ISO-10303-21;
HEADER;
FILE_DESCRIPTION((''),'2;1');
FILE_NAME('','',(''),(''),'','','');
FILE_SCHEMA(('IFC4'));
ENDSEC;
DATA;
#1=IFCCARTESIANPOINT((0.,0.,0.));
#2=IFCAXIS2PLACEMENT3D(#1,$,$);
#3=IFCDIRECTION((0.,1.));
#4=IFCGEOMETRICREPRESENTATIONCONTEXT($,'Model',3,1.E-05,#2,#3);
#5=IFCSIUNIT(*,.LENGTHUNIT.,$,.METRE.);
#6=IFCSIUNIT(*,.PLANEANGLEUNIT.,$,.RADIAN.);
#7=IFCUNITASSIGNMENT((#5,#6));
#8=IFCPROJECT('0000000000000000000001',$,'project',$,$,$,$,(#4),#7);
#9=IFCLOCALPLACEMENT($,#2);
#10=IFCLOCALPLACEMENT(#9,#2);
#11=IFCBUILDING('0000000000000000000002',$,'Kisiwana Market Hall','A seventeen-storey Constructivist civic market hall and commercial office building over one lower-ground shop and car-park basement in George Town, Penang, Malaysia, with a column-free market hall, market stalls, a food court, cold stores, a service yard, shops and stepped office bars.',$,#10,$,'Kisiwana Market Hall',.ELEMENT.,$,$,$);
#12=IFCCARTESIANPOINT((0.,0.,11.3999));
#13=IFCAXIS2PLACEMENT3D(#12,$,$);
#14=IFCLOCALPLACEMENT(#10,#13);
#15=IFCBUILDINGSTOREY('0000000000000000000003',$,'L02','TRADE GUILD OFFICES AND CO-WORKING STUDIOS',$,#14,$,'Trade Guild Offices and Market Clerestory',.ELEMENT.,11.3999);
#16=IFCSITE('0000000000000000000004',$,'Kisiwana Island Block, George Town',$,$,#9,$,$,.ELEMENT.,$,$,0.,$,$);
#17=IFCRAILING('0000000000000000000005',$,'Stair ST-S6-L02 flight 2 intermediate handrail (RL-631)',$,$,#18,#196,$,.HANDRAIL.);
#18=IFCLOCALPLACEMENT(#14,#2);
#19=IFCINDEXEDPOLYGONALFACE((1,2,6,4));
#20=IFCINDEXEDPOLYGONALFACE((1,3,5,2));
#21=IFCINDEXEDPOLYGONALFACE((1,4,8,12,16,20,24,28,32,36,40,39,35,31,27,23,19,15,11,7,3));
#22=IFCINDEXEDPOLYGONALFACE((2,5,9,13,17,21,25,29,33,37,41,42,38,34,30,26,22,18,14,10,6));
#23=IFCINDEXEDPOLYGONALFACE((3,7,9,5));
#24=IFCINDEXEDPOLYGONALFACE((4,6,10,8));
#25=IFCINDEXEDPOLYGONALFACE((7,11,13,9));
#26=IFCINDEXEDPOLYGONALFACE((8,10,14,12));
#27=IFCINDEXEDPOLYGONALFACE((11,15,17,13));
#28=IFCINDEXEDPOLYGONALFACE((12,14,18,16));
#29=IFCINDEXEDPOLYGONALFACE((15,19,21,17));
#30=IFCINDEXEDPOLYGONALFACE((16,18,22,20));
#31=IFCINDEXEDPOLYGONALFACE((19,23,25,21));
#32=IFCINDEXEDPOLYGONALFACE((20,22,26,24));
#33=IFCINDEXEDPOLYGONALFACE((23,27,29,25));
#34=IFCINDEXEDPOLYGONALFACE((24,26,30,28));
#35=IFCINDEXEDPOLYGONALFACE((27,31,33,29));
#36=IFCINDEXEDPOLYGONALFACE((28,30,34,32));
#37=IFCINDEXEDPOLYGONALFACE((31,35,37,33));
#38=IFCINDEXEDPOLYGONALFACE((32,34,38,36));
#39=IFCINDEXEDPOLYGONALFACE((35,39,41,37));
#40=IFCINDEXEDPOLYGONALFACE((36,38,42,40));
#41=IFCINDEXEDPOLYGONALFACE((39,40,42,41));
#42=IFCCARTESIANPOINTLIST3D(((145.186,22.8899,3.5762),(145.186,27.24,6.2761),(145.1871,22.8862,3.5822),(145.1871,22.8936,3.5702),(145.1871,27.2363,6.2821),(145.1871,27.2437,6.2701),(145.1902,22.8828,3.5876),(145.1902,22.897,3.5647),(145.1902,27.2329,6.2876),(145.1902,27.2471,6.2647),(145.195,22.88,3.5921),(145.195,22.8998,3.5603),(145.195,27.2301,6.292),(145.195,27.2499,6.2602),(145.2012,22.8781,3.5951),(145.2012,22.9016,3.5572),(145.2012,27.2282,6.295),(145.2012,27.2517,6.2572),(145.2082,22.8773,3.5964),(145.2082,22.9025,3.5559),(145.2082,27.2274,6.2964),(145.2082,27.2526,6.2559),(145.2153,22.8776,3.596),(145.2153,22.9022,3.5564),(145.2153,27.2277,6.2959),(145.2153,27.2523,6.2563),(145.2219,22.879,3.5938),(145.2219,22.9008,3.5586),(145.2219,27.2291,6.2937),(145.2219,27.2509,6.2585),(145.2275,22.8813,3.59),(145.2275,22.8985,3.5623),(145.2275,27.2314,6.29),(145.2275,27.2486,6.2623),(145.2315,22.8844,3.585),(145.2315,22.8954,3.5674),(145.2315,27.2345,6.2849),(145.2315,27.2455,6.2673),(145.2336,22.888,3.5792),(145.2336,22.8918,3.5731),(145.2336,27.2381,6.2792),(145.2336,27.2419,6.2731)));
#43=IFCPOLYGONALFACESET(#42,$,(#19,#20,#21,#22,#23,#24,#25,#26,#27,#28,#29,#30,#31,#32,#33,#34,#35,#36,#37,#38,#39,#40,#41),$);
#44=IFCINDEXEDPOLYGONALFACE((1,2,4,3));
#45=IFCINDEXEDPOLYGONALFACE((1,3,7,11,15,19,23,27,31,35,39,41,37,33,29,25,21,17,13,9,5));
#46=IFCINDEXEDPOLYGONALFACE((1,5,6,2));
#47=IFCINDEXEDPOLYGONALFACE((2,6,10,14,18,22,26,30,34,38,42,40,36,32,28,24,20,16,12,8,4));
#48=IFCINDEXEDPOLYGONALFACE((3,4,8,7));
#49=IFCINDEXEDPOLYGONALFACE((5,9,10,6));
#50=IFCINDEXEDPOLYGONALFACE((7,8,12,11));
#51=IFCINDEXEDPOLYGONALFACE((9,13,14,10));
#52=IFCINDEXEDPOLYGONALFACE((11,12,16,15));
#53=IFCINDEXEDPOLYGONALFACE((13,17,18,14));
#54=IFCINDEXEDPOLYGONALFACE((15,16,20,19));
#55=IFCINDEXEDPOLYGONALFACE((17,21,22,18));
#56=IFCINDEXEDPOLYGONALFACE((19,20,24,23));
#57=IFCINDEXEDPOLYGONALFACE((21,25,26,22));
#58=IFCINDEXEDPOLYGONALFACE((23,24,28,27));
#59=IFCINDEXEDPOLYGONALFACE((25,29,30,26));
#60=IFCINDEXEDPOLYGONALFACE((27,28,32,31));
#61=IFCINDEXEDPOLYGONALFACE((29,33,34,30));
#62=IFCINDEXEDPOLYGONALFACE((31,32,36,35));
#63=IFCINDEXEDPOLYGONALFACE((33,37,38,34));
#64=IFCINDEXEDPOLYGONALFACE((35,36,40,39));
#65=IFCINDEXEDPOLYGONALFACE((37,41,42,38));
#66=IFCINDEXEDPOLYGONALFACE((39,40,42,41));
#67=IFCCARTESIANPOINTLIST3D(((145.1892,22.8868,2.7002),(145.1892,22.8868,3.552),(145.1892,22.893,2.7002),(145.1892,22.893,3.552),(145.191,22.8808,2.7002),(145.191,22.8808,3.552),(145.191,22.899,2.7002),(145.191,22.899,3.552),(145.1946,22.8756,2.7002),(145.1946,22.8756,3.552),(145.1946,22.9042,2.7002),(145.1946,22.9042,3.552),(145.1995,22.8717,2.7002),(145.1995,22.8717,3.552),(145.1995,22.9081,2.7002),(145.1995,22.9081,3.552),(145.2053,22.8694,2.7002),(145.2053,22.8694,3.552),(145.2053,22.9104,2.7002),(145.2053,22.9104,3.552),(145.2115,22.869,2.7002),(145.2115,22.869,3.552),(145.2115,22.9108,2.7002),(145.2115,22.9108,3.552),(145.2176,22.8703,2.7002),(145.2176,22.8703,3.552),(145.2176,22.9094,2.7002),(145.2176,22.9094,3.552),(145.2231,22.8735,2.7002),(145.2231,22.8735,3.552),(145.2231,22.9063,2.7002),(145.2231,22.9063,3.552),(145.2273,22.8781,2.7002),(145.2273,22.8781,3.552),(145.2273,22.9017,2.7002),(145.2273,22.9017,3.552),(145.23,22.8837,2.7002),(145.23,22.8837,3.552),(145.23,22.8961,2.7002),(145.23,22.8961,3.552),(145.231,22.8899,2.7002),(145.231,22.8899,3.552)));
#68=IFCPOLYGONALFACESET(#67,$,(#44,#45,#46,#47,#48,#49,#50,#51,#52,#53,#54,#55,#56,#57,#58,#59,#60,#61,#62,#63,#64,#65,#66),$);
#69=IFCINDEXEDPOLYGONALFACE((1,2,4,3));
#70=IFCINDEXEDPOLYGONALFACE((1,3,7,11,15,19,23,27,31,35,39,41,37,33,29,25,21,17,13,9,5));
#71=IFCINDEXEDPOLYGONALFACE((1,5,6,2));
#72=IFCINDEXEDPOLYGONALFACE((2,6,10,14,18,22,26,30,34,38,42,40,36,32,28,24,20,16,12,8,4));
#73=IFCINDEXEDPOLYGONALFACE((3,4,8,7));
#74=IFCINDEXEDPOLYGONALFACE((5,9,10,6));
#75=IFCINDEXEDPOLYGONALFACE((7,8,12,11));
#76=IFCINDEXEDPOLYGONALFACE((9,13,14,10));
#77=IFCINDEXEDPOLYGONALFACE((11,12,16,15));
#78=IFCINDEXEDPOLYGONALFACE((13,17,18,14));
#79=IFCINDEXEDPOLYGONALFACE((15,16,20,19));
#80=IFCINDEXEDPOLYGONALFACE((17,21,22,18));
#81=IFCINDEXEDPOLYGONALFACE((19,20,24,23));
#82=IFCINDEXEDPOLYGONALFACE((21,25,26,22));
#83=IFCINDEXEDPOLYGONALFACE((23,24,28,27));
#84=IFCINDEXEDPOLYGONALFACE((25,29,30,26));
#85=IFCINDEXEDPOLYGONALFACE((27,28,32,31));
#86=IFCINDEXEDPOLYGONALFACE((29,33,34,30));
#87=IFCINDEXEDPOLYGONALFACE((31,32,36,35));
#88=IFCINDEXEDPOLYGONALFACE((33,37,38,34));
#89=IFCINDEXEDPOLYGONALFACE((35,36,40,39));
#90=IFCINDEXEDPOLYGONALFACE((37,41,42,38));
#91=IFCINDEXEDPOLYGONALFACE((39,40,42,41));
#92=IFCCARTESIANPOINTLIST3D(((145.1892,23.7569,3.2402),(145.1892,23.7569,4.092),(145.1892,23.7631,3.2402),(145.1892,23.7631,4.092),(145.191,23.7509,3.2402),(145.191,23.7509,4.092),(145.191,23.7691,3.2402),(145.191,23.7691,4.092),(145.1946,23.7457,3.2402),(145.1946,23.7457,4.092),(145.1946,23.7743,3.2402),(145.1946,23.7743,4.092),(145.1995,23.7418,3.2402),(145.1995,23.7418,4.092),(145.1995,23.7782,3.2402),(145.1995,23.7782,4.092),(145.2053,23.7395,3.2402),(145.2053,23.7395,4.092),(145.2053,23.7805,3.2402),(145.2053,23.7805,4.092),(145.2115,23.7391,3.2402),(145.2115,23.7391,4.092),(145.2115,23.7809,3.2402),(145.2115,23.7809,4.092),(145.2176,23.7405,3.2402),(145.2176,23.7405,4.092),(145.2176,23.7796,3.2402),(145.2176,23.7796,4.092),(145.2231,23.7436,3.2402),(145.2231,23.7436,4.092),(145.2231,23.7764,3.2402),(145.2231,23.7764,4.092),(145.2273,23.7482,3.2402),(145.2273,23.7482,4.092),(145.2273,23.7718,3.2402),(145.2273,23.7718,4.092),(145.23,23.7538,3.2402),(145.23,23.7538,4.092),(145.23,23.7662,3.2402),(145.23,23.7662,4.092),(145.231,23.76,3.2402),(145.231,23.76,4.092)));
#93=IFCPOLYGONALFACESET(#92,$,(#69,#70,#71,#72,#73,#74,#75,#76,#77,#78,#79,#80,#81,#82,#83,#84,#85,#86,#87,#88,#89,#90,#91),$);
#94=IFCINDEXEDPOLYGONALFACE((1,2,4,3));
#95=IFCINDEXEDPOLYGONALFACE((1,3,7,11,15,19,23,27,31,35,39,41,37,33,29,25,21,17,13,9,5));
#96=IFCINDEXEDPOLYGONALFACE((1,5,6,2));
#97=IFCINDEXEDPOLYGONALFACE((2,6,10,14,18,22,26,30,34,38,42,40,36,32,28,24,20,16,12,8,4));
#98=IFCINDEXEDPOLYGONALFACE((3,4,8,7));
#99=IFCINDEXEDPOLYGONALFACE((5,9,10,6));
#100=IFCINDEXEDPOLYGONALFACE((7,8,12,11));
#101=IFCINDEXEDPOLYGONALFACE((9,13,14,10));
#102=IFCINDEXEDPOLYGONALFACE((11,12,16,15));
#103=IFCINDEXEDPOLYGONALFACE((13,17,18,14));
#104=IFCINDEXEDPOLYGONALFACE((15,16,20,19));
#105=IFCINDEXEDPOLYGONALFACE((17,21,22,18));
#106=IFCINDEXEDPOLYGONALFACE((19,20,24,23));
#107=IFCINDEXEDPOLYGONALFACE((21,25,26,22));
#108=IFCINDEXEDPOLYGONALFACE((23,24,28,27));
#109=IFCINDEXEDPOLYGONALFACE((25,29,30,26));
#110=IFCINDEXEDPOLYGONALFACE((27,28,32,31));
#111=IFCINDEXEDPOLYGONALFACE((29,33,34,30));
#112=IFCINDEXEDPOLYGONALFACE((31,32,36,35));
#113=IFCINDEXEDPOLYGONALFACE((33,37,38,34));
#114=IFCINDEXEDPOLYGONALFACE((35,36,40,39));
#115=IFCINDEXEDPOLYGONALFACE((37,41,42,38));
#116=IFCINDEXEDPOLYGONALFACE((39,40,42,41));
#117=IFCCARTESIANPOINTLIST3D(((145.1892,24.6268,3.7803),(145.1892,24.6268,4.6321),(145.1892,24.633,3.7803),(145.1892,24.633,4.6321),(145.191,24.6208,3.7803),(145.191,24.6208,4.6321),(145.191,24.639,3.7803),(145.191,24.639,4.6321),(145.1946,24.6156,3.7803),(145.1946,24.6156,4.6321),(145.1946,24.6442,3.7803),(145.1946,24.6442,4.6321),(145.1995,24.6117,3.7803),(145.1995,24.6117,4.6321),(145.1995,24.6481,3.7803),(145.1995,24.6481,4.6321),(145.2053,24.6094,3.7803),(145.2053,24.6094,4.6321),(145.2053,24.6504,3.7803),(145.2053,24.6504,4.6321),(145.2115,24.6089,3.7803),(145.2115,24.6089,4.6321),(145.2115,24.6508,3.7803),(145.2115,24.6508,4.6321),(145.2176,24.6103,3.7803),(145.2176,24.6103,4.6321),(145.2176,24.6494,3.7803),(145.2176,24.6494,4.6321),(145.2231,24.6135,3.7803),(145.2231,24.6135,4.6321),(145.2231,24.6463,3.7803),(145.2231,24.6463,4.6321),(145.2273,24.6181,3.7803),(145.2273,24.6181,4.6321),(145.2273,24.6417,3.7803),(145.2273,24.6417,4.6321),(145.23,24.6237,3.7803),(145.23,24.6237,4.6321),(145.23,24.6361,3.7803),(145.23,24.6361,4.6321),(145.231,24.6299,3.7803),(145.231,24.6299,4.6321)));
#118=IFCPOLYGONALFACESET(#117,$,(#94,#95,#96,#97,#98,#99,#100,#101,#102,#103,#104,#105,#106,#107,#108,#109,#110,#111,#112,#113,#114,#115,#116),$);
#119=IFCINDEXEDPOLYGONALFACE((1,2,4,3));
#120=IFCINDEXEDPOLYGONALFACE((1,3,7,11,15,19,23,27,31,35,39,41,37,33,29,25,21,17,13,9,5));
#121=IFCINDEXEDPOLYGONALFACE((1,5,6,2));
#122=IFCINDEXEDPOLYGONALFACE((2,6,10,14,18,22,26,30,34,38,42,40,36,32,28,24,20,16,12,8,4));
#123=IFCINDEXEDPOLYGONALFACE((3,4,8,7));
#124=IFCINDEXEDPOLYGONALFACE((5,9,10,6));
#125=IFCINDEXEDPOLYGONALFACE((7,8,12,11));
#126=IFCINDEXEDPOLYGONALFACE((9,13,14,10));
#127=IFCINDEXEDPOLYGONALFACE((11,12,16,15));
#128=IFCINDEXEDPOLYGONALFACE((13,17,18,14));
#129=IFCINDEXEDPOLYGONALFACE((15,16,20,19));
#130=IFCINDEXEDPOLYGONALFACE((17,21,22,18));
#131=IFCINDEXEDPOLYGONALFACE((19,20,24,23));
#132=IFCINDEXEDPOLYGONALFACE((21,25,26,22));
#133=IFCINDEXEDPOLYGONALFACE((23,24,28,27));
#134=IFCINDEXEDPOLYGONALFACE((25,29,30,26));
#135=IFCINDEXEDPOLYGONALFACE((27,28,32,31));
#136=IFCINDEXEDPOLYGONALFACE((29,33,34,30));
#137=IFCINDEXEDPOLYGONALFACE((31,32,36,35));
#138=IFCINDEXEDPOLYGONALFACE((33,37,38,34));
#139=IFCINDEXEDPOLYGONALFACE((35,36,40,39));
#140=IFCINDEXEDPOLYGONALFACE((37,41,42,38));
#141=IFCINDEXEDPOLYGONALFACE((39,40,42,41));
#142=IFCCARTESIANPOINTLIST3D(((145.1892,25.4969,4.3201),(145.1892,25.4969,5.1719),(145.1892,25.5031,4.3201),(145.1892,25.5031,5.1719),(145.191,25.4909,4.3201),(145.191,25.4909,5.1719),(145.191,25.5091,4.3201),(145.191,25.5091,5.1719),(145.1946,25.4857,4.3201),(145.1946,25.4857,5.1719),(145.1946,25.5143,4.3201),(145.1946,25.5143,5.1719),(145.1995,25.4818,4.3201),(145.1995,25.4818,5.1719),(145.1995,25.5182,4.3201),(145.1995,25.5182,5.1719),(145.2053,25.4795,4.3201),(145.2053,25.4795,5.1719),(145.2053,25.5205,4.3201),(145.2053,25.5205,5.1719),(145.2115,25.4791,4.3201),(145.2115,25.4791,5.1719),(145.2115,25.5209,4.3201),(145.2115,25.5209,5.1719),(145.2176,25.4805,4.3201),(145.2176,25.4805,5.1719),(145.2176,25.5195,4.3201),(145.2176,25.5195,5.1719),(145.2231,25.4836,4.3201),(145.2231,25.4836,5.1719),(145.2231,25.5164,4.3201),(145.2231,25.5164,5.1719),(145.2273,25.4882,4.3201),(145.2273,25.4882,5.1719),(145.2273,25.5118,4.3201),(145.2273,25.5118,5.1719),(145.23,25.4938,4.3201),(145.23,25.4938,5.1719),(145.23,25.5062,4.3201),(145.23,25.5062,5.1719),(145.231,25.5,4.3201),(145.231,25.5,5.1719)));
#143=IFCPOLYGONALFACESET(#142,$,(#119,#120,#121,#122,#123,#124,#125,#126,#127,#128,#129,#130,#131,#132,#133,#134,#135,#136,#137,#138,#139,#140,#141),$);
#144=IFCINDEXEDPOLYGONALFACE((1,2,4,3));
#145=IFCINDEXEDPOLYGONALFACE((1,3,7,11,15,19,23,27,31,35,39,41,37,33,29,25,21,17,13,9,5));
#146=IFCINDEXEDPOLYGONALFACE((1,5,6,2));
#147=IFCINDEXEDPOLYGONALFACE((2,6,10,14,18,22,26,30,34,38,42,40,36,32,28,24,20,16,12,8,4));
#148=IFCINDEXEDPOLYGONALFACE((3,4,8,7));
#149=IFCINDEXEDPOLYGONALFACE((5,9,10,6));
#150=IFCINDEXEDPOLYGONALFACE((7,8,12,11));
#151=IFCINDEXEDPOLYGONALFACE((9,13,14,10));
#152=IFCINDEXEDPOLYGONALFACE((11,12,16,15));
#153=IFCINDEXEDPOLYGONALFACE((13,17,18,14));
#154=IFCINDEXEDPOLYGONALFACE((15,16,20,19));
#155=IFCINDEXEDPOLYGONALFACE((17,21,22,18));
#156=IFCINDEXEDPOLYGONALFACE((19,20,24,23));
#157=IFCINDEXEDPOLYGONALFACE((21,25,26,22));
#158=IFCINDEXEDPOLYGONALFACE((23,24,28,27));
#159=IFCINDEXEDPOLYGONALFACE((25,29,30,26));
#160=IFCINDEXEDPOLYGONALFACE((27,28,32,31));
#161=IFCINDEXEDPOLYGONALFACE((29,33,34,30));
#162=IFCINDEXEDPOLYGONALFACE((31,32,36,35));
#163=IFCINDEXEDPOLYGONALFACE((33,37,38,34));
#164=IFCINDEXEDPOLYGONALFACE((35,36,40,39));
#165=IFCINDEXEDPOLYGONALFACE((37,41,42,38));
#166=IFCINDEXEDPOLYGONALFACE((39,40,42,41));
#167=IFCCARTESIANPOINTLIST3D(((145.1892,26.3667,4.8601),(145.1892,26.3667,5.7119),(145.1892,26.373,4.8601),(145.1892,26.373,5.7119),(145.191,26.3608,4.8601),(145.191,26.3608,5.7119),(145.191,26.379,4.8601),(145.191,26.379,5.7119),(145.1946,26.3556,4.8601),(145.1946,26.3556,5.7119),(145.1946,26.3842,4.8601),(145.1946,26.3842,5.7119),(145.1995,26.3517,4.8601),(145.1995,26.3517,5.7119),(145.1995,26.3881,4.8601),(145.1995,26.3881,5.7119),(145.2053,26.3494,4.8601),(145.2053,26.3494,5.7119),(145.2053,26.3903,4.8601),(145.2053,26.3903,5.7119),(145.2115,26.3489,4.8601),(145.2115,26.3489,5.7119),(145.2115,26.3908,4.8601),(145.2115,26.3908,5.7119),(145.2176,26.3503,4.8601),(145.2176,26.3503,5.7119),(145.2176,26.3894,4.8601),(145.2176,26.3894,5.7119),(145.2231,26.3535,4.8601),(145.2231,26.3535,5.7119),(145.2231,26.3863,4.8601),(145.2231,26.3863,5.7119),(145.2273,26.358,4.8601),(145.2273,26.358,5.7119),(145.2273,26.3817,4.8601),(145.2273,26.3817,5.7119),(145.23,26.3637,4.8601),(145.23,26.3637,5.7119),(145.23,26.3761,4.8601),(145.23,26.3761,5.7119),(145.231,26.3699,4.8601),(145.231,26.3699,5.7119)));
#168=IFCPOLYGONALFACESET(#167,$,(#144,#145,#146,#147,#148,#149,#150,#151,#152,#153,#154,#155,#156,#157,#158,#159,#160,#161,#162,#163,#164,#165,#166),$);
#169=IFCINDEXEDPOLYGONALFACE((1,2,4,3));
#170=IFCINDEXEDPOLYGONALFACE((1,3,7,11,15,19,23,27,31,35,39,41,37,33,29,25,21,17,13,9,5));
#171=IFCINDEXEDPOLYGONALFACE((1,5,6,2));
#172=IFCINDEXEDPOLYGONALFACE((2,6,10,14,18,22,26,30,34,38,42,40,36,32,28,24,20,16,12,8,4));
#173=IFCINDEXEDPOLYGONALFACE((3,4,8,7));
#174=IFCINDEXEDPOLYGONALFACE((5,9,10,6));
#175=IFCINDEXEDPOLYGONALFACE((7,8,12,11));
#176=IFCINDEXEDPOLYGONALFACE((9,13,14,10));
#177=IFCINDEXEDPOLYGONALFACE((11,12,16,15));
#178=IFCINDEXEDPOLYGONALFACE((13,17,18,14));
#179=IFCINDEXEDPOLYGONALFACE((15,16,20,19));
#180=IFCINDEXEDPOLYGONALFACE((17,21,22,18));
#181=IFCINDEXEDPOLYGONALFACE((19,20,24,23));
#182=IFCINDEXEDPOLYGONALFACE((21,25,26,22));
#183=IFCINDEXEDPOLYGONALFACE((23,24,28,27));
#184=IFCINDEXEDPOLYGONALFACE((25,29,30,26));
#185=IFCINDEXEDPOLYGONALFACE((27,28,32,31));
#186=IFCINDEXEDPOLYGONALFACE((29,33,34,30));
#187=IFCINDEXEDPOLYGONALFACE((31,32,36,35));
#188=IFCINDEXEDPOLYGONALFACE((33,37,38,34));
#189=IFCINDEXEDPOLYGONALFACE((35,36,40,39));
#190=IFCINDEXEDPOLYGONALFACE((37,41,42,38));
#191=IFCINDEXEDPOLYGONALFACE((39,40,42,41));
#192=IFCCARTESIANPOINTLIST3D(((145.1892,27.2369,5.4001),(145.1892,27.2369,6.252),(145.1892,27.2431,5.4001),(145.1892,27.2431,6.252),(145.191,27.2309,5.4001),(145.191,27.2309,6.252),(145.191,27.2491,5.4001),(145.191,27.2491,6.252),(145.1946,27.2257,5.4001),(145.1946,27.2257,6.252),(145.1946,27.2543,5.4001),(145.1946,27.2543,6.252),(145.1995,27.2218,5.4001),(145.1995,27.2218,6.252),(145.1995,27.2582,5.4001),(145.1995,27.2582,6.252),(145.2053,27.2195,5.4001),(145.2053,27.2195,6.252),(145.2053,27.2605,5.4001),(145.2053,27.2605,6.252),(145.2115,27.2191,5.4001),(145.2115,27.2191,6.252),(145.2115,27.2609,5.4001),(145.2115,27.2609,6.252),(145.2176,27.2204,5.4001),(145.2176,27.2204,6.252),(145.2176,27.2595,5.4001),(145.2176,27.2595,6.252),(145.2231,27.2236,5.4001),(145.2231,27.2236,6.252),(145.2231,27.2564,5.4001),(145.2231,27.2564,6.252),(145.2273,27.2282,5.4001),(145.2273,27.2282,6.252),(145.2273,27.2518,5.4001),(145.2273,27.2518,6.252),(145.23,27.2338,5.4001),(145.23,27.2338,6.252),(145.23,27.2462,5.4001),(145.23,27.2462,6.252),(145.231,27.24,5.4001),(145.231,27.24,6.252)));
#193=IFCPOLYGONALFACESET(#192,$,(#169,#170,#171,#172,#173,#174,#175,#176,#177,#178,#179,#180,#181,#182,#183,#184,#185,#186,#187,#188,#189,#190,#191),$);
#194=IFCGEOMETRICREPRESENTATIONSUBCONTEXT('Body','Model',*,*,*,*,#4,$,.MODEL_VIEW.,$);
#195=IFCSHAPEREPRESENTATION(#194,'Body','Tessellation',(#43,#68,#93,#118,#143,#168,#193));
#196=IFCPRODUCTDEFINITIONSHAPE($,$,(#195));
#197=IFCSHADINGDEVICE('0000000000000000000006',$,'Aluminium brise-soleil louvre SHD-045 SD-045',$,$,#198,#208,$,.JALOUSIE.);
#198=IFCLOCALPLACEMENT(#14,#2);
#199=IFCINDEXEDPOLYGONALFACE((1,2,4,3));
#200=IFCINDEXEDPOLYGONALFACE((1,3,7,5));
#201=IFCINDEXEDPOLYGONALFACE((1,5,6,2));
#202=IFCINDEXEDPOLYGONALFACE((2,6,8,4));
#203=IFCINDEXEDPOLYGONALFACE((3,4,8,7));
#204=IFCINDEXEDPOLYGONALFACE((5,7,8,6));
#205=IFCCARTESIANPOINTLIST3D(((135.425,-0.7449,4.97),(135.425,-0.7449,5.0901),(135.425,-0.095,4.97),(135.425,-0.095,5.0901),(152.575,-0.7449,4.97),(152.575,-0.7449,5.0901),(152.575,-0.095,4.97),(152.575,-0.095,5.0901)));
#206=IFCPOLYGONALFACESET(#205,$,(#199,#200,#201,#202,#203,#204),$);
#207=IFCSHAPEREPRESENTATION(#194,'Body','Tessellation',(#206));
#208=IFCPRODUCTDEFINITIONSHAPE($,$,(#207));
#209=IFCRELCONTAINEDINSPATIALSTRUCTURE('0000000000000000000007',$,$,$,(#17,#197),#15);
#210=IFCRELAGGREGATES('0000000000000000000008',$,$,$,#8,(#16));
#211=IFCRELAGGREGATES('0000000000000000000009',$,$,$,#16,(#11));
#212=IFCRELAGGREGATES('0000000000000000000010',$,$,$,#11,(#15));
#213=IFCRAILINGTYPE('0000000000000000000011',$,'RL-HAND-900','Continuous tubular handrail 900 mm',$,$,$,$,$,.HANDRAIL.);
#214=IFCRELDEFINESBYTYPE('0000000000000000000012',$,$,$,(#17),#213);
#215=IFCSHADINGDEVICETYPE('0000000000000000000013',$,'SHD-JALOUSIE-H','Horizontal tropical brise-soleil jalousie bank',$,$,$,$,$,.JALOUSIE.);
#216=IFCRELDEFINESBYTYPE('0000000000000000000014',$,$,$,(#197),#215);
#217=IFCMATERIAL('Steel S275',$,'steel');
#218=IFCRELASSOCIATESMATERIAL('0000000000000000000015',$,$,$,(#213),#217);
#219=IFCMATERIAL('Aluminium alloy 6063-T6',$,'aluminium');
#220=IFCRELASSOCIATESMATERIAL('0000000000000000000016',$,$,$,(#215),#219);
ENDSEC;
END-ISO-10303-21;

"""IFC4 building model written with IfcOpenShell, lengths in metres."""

from ifc_helpers import new_model, si_unit, direction, frame, origin, origin_2d, place, context, subcontext, project, spatial, rectangle, circle, extrude, material, type_object, element, save


model = new_model("IFC4")

# Units and contexts
model_context = context("Model", 3, precision=1e-05, world=origin(), true_north=direction((0.0, 1.0)))
body_context = subcontext(model_context, "Body", "Model", "MODEL_VIEW")
ifc_project = project(units=[si_unit("LENGTHUNIT", "METRE"), si_unit("PLANEANGLEUNIT", "RADIAN")], contexts=[model_context])

# Site, building, storey
site_placement = place(None, origin())
site = spatial("IfcSite", under=ifc_project, at=site_placement, Name="Kisiwana Island Block, George Town", CompositionType="ELEMENT", RefElevation=0.0)
building_placement = place(site_placement, origin())
building = spatial("IfcBuilding", under=site, at=building_placement, Name="Kisiwana Market Hall", Description="A seventeen-storey Constructivist civic market hall and commercial office building over one lower-ground shop and car-park basement in George Town, Penang, Malaysia, with a column-free market hall, market stalls, a food court, cold stores, a service yard, shops and stepped office bars.", LongName="Kisiwana Market Hall", CompositionType="ELEMENT")
storey_placement = place(building_placement, frame((0.0, 0.0, 11.3999)))
storey = spatial("IfcBuildingStorey", under=building, at=storey_placement, Name="L02", Description="TRADE GUILD OFFICES AND CO-WORKING STUDIOS", LongName="Trade Guild Offices and Market Clerestory", CompositionType="ELEMENT", Elevation=11.3999)

# Railing
ifc_material_1 = material(Name="Steel S275", Category="steel")
railing_type = type_object("IfcRailingType", Name="RL-HAND-900", Description="Continuous tubular handrail 900 mm", PredefinedType="HANDRAIL", material=ifc_material_1)
railing_placement = place(storey_placement, frame((145.21, 22.8899, 2.7002)))
element("IfcRailing", 1, at=railing_placement, inside=storey, type_object=railing_type, Name="Stair ST-S6-L02 flight 2 intermediate handrail (RL-631)", PredefinedType="HANDRAIL", context=body_context, shape_type="SweptSolid", body=[
    extrude(circle(Radius=0.0239, at=origin_2d()), frame((0.0, 0.0, 0.876), z_axis=(0.0, 0.84965, 0.527347), x_axis=(-1.0, 0.0, 0.0)), (0.0, 0.0, 1.0), 5.1199),
    extrude(circle(Radius=0.021, at=origin_2d()), origin(), (0.0, 0.0, 1.0), 0.8518),
    extrude(circle(Radius=0.021, at=origin_2d()), frame((0.0, 0.8701, 0.54)), (0.0, 0.0, 1.0), 0.8518),
    extrude(circle(Radius=0.021, at=origin_2d()), frame((0.0, 1.74, 1.0801)), (0.0, 0.0, 1.0), 0.8518),
    extrude(circle(Radius=0.021, at=origin_2d()), frame((0.0, 2.6101, 1.6199)), (0.0, 0.0, 1.0), 0.8518),
    extrude(circle(Radius=0.021, at=origin_2d()), frame((0.0, 3.48, 2.1599)), (0.0, 0.0, 1.0), 0.8518),
    extrude(circle(Radius=0.021, at=origin_2d()), frame((0.0, 4.3501, 2.7)), (0.0, 0.0, 1.0), 0.8518),
])

# Shading device
ifc_material_2 = material(Name="Aluminium alloy 6063-T6", Category="aluminium")
shading_device_type = type_object("IfcShadingDeviceType", Name="SHD-JALOUSIE-H", Description="Horizontal tropical brise-soleil jalousie bank", PredefinedType="JALOUSIE", material=ifc_material_2)
shading_device_placement = place(storey_placement, frame((144.0, -0.4199, 4.97), z_axis=(0.0, 0.0, 1.0), x_axis=(1.0, 0.0, 0.0)))
element("IfcShadingDevice", 2, at=shading_device_placement, inside=storey, type_object=shading_device_type, Name="Aluminium brise-soleil louvre SHD-045 SD-045", PredefinedType="JALOUSIE", context=body_context, shape_type="SweptSolid", body=[
    extrude(rectangle(XDim=17.1499, YDim=0.6499, at=origin_2d()), origin(), (0.0, 0.0, 1.0), 0.1201),
])

save(model, "model.ifc")
